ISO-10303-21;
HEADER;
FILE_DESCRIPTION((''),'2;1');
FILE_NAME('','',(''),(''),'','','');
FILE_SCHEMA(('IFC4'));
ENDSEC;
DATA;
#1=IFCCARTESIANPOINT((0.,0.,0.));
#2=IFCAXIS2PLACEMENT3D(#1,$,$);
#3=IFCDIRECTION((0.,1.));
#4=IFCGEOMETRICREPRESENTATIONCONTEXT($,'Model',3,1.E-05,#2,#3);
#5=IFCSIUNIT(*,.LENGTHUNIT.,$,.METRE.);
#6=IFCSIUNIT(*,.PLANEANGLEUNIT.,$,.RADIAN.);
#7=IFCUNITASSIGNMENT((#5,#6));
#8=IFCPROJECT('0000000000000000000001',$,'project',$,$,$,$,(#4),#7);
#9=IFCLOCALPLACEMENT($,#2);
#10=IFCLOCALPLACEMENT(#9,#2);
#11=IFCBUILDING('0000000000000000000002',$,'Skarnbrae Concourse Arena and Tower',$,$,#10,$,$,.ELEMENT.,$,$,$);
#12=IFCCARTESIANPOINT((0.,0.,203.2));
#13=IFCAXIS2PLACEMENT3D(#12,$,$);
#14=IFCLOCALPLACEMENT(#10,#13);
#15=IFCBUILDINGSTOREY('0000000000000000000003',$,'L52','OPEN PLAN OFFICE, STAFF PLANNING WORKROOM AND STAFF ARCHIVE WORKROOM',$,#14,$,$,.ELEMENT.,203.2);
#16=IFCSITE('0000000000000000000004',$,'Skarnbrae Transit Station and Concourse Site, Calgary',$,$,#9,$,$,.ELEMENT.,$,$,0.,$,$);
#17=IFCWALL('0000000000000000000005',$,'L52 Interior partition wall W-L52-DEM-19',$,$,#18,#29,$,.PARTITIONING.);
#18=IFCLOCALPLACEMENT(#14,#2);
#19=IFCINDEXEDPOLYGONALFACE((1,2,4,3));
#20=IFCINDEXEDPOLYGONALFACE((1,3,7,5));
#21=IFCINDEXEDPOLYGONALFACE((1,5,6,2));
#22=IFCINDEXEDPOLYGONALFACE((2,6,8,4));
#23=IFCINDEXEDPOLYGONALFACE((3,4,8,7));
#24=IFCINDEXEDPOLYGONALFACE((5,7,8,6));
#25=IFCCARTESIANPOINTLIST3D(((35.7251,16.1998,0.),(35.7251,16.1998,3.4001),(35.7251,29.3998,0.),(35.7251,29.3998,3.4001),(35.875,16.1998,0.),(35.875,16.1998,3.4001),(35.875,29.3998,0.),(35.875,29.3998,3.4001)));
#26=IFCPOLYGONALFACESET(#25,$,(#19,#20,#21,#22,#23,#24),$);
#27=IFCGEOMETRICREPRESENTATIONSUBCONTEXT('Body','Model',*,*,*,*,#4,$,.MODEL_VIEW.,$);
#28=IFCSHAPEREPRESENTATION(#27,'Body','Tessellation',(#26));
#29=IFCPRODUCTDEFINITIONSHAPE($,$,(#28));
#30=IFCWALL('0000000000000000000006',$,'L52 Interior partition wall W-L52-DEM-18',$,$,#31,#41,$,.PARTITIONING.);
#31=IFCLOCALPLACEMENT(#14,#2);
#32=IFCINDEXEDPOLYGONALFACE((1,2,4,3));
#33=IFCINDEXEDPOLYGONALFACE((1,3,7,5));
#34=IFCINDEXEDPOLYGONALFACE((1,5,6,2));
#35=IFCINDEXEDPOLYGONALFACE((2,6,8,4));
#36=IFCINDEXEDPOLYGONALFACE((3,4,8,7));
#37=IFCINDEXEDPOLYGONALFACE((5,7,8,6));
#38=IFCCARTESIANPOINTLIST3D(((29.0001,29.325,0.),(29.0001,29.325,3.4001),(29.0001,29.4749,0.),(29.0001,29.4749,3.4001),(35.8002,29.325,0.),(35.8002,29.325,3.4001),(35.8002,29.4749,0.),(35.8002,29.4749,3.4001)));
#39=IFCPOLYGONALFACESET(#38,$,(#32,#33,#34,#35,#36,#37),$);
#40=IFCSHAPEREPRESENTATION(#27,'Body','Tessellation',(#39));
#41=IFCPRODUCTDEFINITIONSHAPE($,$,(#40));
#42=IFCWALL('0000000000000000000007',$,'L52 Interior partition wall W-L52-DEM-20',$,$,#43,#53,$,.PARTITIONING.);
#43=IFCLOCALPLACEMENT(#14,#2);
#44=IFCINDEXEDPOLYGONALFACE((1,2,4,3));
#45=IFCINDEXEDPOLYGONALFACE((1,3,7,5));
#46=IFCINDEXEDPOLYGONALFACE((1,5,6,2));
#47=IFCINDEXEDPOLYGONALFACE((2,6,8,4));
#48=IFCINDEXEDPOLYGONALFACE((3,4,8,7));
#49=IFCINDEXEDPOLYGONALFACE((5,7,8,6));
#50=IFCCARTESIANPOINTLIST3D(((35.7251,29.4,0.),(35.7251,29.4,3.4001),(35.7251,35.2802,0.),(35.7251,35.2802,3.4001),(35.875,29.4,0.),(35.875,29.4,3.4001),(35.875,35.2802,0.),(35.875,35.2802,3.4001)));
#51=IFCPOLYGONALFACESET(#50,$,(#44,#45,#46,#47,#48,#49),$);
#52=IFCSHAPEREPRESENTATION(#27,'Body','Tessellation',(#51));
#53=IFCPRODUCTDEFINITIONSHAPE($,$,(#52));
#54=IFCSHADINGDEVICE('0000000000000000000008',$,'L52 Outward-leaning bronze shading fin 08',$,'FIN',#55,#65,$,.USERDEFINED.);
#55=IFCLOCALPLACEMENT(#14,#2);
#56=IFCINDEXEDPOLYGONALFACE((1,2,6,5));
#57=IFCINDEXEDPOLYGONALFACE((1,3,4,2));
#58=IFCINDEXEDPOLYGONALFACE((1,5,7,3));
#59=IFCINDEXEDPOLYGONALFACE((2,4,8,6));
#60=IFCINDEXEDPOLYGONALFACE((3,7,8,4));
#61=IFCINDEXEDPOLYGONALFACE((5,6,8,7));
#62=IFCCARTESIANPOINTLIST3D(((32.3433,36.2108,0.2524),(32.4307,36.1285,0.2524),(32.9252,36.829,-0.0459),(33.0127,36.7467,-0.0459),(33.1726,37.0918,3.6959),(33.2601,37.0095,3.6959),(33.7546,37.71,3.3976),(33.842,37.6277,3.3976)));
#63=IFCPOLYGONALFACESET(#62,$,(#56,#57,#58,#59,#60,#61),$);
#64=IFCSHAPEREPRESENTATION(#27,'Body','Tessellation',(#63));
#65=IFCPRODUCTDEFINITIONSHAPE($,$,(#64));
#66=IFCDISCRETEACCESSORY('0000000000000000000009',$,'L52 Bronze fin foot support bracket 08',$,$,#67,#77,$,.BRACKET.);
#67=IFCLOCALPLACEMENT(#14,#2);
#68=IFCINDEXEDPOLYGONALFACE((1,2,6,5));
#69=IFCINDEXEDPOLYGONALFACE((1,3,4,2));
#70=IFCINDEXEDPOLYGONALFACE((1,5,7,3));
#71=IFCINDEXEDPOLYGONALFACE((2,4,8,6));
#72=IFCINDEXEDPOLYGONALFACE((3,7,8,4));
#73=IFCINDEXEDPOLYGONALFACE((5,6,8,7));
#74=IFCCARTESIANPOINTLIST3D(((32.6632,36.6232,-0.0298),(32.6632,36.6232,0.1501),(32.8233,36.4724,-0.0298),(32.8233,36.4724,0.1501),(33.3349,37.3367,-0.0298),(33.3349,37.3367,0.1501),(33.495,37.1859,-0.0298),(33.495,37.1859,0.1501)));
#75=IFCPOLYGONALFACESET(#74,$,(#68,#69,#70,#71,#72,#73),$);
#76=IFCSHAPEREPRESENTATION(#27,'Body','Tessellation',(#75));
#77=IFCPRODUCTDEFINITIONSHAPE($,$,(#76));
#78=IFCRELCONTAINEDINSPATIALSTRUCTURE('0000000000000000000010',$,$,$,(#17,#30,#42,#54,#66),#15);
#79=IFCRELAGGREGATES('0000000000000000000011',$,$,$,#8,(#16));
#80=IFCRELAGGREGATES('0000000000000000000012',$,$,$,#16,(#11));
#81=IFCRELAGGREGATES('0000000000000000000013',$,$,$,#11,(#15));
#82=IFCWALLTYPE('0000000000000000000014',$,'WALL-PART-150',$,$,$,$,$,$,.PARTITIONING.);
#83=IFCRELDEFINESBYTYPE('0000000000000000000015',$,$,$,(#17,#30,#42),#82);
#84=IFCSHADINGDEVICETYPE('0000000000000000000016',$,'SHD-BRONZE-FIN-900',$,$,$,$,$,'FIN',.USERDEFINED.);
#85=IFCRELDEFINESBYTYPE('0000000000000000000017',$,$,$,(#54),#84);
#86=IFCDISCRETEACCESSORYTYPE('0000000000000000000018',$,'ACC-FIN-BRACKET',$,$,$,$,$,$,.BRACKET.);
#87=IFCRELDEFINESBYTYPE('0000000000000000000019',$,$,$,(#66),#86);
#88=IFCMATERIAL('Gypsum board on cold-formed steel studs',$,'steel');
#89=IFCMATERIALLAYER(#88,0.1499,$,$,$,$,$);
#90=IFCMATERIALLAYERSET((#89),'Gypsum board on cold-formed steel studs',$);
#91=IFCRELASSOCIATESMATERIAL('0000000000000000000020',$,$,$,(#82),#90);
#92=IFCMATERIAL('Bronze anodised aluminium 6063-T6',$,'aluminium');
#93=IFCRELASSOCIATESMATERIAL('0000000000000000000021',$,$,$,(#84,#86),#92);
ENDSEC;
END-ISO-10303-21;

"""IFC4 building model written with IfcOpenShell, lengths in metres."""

from ifc_helpers import new_model, si_unit, direction, frame, frame_2d, origin, origin_2d, place, context, subcontext, project, spatial, rectangle, extrude, source, transform, mapped, material, layer, layer_set, type_object, element, save


model = new_model("IFC4")

# Units and contexts
model_context = context("Model", 3, precision=1e-05, world=origin(), true_north=direction((0.0, 1.0)))
body_context = subcontext(model_context, "Body", "Model", "MODEL_VIEW")
ifc_project = project(units=[si_unit("LENGTHUNIT", "METRE"), si_unit("PLANEANGLEUNIT", "RADIAN")], contexts=[model_context])

# Site, building, storey
site_placement = place(None, origin())
site = spatial("IfcSite", under=ifc_project, at=site_placement, Name="Skarnbrae Transit Station and Concourse Site, Calgary", CompositionType="ELEMENT", RefElevation=0.0)
building_placement = place(site_placement, origin())
building = spatial("IfcBuilding", under=site, at=building_placement, Name="Skarnbrae Concourse Arena and Tower", CompositionType="ELEMENT")
storey_placement = place(building_placement, frame((0.0, 0.0, 203.2)))
storey = spatial("IfcBuildingStorey", under=building, at=storey_placement, Name="L52", Description="OPEN PLAN OFFICE, STAFF PLANNING WORKROOM AND STAFF ARCHIVE WORKROOM", CompositionType="ELEMENT", Elevation=203.2)

# Shared definitions
ifc_material_1 = material(Name="Bronze anodised aluminium 6063-T6", Category="aluminium")

# Walls
ifc_material_2 = material(Name="Gypsum board on cold-formed steel studs", Category="steel")
ifc_layer_1 = layer(ifc_material_2, 0.1499)
ifc_layer_set_1 = layer_set([ifc_layer_1], Name="Gypsum board on cold-formed steel studs")
wall_type_1 = type_object("IfcWallType", Name="WALL-PART-150", PredefinedType="PARTITIONING", material=ifc_layer_set_1)
shared_shape_1 = source(origin(), body_context, "Body", "SweptSolid", [
    extrude(rectangle(XDim=13.2, YDim=0.1499, at=frame_2d((6.6001, 0.0))), origin(), (0.0, 0.0, 1.0), 3.4001),
])
wall_1_placement = place(storey_placement, frame((35.8, 29.3999, 0.0), z_axis=(0.0, 0.0, 1.0), x_axis=(0.0, -1.0, 0.0)))
element("IfcWall", 1, at=wall_1_placement, inside=storey, type_object=wall_type_1, Name="L52 Interior partition wall W-L52-DEM-19", PredefinedType="PARTITIONING", context=body_context, shape_type="MappedRepresentation", body=[
    mapped(shared_shape_1, transform((0.0, 0.0, 0.0))),
])
shared_shape_2 = source(origin(), body_context, "Body", "SweptSolid", [
    extrude(rectangle(XDim=6.8, YDim=0.1499, at=frame_2d((3.3999, 0.0))), origin(), (0.0, 0.0, 1.0), 3.4001),
])
wall_2_placement = place(storey_placement, frame((35.8, 29.3999, 0.0), z_axis=(0.0, 0.0, 1.0), x_axis=(-1.0, 0.0, 0.0)))
element("IfcWall", 2, at=wall_2_placement, inside=storey, type_object=wall_type_1, Name="L52 Interior partition wall W-L52-DEM-18", PredefinedType="PARTITIONING", context=body_context, shape_type="MappedRepresentation", body=[
    mapped(shared_shape_2, transform((0.0, 0.0, 0.0))),
])
shared_shape_3 = source(origin(), body_context, "Body", "SweptSolid", [
    extrude(rectangle(XDim=5.8801, YDim=0.1499, at=frame_2d((2.9399, 0.0))), origin(), (0.0, 0.0, 1.0), 3.4001),
])
wall_3_placement = place(storey_placement, frame((35.8, 35.28, 0.0), z_axis=(0.0, 0.0, 1.0), x_axis=(0.0, -1.0, 0.0)))
element("IfcWall", 3, at=wall_3_placement, inside=storey, type_object=wall_type_1, Name="L52 Interior partition wall W-L52-DEM-20", PredefinedType="PARTITIONING", context=body_context, shape_type="MappedRepresentation", body=[
    mapped(shared_shape_3, transform((0.0, 0.0, 0.0))),
])

# Shading device
shading_device_type = type_object("IfcShadingDeviceType", Name="SHD-BRONZE-FIN-900", ElementType="FIN", PredefinedType="USERDEFINED", material=ifc_material_1)
shared_shape_4 = source(origin(), body_context, "Body", "SweptSolid", [
    extrude(rectangle(XDim=0.1201, YDim=0.8999, at=origin_2d()), origin(), (0.0, 0.0, 1.0), 3.6499),
])
shading_device_placement = place(storey_placement, frame((32.678, 36.4788, 0.1033), z_axis=(0.227224, 0.241378, 0.943454), x_axis=(0.728132, -0.685437, 0.0)))
element("IfcShadingDevice", 4, at=shading_device_placement, inside=storey, type_object=shading_device_type, Name="L52 Outward-leaning bronze shading fin 08", ObjectType="FIN", PredefinedType="USERDEFINED", context=body_context, shape_type="MappedRepresentation", body=[
    mapped(shared_shape_4, transform((0.0, 0.0, 0.0))),
])

# Discrete accessory
discrete_accessory_type = type_object("IfcDiscreteAccessoryType", Name="ACC-FIN-BRACKET", PredefinedType="BRACKET", material=ifc_material_1)
shared_shape_5 = source(origin(), body_context, "Body", "SweptSolid", [
    extrude(rectangle(XDim=0.22, YDim=0.98, at=origin_2d()), origin(), (0.0, 0.0, 1.0), 0.1799),
])
discrete_accessory_placement = place(storey_placement, frame((33.0791, 36.9045, -0.0298), z_axis=(0.0, 0.0, 1.0), x_axis=(0.728132, -0.685437, 0.0)))
element("IfcDiscreteAccessory", 5, at=discrete_accessory_placement, inside=storey, type_object=discrete_accessory_type, Name="L52 Bronze fin foot support bracket 08", PredefinedType="BRACKET", context=body_context, shape_type="MappedRepresentation", body=[
    mapped(shared_shape_5, transform((0.0, 0.0, 0.0))),
])

save(model, "model.ifc")
